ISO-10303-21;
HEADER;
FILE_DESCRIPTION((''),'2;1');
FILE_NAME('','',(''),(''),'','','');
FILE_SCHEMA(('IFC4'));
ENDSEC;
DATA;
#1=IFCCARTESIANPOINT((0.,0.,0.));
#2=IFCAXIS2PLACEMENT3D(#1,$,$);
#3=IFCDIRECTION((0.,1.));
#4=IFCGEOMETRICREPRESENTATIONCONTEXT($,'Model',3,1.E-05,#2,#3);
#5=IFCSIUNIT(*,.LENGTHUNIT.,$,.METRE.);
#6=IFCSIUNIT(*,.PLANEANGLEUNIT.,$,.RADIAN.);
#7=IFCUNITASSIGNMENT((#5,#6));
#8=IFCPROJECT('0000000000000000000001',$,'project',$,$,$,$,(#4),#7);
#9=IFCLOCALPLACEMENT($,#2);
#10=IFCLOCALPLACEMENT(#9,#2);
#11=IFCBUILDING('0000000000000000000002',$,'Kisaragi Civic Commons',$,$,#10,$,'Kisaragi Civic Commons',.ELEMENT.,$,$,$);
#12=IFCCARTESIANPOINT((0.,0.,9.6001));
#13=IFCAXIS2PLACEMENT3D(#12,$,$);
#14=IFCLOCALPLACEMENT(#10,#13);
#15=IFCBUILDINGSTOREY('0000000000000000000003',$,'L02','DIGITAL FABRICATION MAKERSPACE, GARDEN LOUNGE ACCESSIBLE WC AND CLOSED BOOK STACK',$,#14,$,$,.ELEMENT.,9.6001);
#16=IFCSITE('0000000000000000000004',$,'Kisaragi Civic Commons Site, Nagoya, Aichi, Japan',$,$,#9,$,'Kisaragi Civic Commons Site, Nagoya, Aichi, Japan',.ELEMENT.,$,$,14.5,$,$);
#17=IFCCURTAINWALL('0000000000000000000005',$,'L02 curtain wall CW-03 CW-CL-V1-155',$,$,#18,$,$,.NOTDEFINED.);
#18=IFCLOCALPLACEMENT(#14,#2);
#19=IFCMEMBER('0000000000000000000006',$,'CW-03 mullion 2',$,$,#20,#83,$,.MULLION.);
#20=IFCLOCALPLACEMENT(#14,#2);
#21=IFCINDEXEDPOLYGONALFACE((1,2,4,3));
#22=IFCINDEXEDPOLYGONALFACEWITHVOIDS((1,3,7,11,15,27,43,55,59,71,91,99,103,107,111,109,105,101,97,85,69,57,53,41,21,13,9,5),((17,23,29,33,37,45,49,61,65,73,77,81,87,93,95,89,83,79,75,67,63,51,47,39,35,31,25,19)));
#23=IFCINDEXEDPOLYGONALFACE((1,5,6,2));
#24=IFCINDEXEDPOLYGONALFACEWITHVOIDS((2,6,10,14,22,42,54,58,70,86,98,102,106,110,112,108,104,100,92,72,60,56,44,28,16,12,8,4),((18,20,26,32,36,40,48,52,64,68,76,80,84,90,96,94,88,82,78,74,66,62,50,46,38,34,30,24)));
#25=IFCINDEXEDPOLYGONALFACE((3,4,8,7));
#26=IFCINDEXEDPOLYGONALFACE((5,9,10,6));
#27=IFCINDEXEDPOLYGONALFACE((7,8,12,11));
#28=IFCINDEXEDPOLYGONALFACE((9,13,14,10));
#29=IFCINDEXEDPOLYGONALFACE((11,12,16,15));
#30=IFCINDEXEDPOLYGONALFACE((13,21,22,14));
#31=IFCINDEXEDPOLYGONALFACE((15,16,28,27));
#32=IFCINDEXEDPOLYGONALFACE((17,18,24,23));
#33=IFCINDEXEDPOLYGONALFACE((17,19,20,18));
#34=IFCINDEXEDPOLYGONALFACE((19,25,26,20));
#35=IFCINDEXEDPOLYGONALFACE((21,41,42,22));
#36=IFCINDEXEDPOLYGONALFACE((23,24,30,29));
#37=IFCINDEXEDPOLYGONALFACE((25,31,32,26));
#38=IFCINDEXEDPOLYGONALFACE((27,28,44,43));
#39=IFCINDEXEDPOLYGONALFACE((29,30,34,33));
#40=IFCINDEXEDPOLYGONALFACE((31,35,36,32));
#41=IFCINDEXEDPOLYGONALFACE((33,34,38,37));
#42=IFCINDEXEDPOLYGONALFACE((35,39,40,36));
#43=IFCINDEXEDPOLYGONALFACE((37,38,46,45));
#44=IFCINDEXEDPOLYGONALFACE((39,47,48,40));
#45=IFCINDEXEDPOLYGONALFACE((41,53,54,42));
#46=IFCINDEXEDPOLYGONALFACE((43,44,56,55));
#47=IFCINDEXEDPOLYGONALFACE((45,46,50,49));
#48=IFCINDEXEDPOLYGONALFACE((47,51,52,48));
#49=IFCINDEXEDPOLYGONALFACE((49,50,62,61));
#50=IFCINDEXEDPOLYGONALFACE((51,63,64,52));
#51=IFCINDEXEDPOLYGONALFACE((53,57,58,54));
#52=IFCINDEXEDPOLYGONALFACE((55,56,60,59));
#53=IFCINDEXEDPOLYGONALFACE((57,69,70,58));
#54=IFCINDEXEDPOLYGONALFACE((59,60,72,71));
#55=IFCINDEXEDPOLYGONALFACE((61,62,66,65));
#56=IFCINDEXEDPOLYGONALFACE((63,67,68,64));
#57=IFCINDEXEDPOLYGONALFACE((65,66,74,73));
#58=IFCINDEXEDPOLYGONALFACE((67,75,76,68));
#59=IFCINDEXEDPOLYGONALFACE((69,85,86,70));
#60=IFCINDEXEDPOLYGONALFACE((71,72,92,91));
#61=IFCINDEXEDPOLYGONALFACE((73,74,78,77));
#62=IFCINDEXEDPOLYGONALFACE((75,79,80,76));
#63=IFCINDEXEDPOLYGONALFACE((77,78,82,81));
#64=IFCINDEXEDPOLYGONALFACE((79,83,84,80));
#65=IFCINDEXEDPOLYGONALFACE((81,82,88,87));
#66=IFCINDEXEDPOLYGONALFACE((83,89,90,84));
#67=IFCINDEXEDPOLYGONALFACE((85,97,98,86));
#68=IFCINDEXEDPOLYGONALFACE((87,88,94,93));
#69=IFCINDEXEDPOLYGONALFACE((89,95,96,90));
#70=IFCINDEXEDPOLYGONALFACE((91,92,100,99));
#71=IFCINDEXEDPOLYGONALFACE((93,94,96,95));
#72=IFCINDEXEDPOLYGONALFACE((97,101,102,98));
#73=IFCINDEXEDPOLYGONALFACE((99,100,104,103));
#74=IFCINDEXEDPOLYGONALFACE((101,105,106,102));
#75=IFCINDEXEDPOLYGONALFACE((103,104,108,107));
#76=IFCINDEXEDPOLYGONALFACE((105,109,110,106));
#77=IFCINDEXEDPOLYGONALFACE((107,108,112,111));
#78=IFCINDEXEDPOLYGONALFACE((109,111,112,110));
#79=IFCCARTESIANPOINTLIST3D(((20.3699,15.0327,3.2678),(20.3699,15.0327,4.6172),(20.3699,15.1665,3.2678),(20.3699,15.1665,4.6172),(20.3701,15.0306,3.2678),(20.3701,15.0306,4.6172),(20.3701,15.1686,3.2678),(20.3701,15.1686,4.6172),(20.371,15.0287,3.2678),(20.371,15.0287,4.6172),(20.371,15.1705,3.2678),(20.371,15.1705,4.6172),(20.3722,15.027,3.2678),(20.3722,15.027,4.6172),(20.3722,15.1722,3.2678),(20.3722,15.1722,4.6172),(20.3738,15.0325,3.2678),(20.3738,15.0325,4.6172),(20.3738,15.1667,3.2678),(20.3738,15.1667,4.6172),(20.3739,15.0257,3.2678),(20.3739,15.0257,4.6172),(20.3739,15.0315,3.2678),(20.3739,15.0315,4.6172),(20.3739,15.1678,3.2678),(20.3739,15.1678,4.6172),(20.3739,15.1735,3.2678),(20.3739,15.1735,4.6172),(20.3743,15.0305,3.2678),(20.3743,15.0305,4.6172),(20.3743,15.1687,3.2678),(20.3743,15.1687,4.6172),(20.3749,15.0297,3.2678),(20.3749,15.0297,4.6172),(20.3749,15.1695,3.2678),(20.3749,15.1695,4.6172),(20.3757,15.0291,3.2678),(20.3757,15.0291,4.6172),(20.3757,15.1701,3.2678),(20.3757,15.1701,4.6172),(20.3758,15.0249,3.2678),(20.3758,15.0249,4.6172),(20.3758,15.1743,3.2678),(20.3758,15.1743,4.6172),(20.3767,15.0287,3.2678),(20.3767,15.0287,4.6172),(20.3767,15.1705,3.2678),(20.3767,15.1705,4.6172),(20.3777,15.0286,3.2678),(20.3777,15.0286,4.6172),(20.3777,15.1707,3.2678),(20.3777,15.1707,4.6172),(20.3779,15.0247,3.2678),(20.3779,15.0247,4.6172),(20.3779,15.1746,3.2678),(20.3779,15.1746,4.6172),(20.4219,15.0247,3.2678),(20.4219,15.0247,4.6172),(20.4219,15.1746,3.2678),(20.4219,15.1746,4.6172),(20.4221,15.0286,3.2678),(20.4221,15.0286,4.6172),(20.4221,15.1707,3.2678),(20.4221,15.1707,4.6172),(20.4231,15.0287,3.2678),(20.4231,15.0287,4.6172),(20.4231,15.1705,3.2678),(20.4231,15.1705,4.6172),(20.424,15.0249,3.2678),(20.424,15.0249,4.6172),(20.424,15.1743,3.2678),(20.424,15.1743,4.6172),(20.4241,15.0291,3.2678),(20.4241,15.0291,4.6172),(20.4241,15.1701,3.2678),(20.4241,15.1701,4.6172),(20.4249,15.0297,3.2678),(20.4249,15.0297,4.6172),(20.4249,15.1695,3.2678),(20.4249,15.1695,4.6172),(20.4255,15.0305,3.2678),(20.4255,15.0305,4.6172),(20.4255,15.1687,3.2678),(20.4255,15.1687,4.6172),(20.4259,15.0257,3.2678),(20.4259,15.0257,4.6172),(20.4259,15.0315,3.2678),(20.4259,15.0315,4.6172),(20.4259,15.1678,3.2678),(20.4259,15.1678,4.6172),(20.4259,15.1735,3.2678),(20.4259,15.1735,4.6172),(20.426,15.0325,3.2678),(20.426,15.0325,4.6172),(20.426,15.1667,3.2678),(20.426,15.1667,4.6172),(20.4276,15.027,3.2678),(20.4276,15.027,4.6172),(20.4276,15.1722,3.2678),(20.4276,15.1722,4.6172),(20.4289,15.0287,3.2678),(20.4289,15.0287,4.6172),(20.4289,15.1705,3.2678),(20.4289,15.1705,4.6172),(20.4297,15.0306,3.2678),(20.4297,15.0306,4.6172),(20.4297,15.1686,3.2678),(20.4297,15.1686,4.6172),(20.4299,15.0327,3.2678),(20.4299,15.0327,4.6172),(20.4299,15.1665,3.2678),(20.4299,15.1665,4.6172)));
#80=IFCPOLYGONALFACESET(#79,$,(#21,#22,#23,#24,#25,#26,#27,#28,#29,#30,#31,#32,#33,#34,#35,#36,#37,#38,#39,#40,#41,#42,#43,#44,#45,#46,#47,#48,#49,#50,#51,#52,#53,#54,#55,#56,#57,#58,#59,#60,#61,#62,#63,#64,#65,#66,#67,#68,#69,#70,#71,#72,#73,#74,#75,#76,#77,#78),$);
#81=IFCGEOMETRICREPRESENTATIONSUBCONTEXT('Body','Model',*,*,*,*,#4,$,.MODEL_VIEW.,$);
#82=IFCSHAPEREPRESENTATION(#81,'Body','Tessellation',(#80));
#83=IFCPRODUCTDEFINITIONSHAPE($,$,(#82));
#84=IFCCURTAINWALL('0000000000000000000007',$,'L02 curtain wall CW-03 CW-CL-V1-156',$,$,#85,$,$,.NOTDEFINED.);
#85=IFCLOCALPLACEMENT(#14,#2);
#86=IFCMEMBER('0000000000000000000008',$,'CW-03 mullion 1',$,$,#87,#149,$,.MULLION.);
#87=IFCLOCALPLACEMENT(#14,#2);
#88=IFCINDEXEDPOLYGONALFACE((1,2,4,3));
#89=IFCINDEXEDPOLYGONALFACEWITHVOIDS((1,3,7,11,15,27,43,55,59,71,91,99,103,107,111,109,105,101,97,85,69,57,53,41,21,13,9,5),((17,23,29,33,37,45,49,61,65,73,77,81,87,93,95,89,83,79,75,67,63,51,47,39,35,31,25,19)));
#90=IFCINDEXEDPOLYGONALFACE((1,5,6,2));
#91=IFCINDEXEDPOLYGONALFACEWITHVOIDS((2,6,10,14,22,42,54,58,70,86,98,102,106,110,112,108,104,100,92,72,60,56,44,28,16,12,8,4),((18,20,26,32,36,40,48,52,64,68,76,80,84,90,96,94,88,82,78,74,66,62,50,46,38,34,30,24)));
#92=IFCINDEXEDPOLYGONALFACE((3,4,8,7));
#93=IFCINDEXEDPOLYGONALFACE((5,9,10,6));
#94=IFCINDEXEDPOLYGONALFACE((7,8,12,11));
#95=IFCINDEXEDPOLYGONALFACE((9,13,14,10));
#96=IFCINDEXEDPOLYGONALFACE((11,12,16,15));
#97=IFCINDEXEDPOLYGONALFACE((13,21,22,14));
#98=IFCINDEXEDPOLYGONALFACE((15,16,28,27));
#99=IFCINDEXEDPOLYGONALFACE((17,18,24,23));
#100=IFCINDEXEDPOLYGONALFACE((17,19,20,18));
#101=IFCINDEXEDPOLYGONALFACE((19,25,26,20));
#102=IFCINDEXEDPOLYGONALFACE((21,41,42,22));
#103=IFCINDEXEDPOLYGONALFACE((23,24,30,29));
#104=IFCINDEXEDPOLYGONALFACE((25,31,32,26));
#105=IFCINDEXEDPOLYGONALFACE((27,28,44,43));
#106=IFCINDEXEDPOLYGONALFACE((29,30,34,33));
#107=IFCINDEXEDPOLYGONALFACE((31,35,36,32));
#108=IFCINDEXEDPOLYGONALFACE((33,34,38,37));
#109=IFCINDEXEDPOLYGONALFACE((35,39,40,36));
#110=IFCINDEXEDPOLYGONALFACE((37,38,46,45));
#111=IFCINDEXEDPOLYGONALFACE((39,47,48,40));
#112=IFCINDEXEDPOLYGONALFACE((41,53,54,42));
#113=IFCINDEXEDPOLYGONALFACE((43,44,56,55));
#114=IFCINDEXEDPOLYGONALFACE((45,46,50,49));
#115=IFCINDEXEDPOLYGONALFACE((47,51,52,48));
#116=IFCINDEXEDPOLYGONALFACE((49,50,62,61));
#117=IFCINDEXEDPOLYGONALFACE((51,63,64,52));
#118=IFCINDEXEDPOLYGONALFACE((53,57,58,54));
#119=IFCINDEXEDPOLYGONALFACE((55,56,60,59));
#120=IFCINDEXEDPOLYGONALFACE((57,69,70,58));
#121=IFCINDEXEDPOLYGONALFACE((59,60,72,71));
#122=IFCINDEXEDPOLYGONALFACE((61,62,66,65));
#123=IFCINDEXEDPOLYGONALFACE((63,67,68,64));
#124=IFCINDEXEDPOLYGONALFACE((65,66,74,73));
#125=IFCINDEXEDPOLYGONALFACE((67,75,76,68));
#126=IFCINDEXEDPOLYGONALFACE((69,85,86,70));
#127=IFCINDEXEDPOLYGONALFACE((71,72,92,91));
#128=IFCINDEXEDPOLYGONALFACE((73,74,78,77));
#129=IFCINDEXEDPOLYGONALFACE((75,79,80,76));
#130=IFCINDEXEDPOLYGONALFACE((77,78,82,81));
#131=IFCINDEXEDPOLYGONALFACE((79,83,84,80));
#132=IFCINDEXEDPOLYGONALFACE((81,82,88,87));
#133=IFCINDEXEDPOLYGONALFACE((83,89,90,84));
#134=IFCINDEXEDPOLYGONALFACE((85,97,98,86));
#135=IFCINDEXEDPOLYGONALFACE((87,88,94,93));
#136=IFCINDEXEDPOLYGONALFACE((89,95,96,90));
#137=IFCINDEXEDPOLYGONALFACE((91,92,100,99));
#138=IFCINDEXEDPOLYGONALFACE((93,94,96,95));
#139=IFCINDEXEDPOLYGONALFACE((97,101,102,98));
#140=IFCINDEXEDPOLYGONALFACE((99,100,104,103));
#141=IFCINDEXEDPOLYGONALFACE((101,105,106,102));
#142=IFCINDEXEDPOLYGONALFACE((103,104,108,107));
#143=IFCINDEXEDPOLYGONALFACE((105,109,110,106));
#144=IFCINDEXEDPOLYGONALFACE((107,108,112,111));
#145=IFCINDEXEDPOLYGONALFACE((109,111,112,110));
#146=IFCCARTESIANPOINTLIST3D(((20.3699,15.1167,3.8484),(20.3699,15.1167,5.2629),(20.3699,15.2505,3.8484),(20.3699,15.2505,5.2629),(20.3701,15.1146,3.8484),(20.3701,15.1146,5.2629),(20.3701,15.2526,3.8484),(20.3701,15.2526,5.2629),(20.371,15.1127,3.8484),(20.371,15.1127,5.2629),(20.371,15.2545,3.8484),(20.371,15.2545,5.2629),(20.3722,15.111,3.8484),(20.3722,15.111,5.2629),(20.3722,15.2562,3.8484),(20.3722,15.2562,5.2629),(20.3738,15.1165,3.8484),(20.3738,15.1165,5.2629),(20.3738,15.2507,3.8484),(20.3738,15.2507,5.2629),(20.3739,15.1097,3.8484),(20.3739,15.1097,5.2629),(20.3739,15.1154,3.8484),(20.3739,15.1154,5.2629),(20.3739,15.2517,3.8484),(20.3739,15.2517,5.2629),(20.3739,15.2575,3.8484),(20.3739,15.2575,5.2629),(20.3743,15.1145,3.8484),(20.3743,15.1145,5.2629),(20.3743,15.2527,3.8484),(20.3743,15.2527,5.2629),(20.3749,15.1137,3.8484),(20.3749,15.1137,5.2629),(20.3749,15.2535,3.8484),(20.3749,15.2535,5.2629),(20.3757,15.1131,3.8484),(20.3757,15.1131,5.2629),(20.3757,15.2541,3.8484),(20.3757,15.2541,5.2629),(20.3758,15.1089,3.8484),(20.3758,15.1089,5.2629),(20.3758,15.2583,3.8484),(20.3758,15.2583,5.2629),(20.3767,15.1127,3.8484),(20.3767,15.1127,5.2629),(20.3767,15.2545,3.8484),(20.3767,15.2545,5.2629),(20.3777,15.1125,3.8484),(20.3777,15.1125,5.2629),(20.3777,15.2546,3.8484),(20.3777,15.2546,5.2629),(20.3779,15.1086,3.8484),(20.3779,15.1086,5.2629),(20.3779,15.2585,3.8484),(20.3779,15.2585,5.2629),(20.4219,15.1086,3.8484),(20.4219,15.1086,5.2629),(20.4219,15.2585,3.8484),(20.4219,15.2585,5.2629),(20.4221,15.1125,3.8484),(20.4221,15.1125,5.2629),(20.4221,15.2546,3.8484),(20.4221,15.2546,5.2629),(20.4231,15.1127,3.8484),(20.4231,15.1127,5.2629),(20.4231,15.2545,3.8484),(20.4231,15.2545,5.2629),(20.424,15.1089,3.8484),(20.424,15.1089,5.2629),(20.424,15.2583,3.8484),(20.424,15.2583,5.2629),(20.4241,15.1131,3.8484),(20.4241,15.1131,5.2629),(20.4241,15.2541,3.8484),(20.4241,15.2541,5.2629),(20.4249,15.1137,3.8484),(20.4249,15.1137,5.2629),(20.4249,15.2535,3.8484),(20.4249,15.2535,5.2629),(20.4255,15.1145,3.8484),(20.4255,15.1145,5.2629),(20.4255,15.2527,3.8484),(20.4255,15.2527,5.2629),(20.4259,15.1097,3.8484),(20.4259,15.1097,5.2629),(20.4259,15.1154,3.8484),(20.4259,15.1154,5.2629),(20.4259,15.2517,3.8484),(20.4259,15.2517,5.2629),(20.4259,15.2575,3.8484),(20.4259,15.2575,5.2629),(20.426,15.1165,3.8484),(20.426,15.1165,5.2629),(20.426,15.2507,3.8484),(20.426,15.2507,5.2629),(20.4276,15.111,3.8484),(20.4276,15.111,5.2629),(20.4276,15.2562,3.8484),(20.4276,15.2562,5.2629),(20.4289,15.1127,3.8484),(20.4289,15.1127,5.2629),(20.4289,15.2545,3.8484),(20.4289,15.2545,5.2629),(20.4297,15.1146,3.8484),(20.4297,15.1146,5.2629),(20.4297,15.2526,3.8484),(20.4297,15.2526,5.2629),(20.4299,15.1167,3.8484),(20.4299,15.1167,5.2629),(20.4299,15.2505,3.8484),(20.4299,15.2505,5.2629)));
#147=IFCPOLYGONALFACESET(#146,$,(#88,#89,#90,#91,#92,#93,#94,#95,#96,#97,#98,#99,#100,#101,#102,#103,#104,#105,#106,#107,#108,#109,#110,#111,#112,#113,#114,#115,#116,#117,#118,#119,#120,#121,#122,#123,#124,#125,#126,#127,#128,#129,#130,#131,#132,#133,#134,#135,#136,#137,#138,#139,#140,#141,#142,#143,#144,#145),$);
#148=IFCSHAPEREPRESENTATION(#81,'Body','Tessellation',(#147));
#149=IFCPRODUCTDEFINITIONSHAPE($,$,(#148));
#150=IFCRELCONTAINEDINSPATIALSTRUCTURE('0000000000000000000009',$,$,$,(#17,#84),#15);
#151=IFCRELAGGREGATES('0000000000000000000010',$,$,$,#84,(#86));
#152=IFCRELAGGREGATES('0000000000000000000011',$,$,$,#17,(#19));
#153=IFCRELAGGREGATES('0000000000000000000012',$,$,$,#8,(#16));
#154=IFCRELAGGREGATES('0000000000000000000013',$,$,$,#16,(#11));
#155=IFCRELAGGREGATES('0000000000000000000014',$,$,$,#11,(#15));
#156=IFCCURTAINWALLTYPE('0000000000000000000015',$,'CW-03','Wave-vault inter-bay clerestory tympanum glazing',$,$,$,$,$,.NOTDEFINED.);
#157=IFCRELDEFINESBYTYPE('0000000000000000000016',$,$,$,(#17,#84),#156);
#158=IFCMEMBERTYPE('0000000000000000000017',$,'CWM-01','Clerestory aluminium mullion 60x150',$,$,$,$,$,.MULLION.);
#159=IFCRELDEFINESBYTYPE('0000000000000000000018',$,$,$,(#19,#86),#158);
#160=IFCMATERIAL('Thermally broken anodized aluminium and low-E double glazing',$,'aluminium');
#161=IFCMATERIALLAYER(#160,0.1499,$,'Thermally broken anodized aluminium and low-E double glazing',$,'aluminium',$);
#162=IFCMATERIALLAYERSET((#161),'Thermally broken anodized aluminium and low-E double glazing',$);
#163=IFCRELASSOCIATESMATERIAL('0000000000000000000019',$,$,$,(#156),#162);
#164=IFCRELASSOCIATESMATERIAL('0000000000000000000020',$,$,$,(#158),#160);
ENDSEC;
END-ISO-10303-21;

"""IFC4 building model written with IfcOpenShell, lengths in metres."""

from ifc_helpers import new_model, si_unit, direction, frame, origin, origin_2d, place, context, subcontext, project, spatial, hollow_rectangle, extrude, material, layer, layer_set, material_profile, profile_set, type_object, element, aggregate, save


model = new_model("IFC4")

# Units and contexts
model_context = context("Model", 3, precision=1e-05, world=origin(), true_north=direction((0.0, 1.0)))
body_context = subcontext(model_context, "Body", "Model", "MODEL_VIEW")
ifc_project = project(units=[si_unit("LENGTHUNIT", "METRE"), si_unit("PLANEANGLEUNIT", "RADIAN")], contexts=[model_context])

# Site, building, storey
site_placement = place(None, origin())
site = spatial("IfcSite", under=ifc_project, at=site_placement, Name="Kisaragi Civic Commons Site, Nagoya, Aichi, Japan", LongName="Kisaragi Civic Commons Site, Nagoya, Aichi, Japan", CompositionType="ELEMENT", RefElevation=14.5)
building_placement = place(site_placement, origin())
building = spatial("IfcBuilding", under=site, at=building_placement, Name="Kisaragi Civic Commons", LongName="Kisaragi Civic Commons", CompositionType="ELEMENT")
storey_placement = place(building_placement, frame((0.0, 0.0, 9.6001)))
storey = spatial("IfcBuildingStorey", under=building, at=storey_placement, Name="L02", Description="DIGITAL FABRICATION MAKERSPACE, GARDEN LOUNGE ACCESSIBLE WC AND CLOSED BOOK STACK", CompositionType="ELEMENT", Elevation=9.6001)

# Curtain wall, member
ifc_material_1 = material(Name="Thermally broken anodized aluminium and low-E double glazing", Category="aluminium")
ifc_layer_1 = layer(ifc_material_1, 0.1499, Name="Thermally broken anodized aluminium and low-E double glazing", Category="aluminium")
ifc_layer_set_1 = layer_set([ifc_layer_1], Name="Thermally broken anodized aluminium and low-E double glazing")
curtain_wall_type = type_object("IfcCurtainWallType", Name="CW-03", Description="Wave-vault inter-bay clerestory tympanum glazing", PredefinedType="NOTDEFINED", material=ifc_layer_set_1)
curtain_wall_1_placement = place(storey_placement, origin())
curtain_wall_1 = element("IfcCurtainWall", 1, at=curtain_wall_1_placement, inside=storey, type_object=curtain_wall_type, Name="L02 curtain wall CW-03 CW-CL-V1-155", PredefinedType="NOTDEFINED")
ifc_material_profile_1 = material_profile(ifc_material_1, hollow_rectangle(XDim=0.0601, YDim=0.1499, WallThickness=0.0039, InnerFilletRadius=0.0039, OuterFilletRadius=0.0081, at=origin_2d()), Name="CWM-60x150x4", Category="aluminium")
ifc_profile_set_1 = profile_set([ifc_material_profile_1], Name="Thermally broken anodized aluminium and low-E double glazing")
member_type_1 = type_object("IfcMemberType", Name="CWM-01", Description="Clerestory aluminium mullion 60x150", PredefinedType="MULLION", material=ifc_profile_set_1)
member_1_placement = place(storey_placement, frame((20.3999, 15.0996, 3.2678), z_axis=(0.0, 0.0, 1.0), x_axis=(-1.0, 0.0, 0.0)))
member_1 = element("IfcMember", 2, at=member_1_placement, type_object=member_type_1, Name="CW-03 mullion 2", PredefinedType="MULLION", context=body_context, shape_type="SweptSolid", body=[
    extrude(hollow_rectangle(XDim=0.0601, YDim=0.1499, WallThickness=0.0039, InnerFilletRadius=0.0039, OuterFilletRadius=0.0081, at=origin_2d()), origin(), (0.0, 0.0, 1.0), 1.3494),
])

# Curtain wall, member
curtain_wall_2_placement = place(storey_placement, origin())
curtain_wall_2 = element("IfcCurtainWall", 3, at=curtain_wall_2_placement, inside=storey, type_object=curtain_wall_type, Name="L02 curtain wall CW-03 CW-CL-V1-156", PredefinedType="NOTDEFINED")
member_2_placement = place(storey_placement, frame((20.3999, 15.1836, 3.8484), z_axis=(0.0, 0.0, 1.0), x_axis=(-1.0, 0.0, 0.0)))
member_2 = element("IfcMember", 4, at=member_2_placement, type_object=member_type_1, Name="CW-03 mullion 1", PredefinedType="MULLION", context=body_context, shape_type="SweptSolid", body=[
    extrude(hollow_rectangle(XDim=0.0601, YDim=0.1499, WallThickness=0.0039, InnerFilletRadius=0.0039, OuterFilletRadius=0.0081, at=origin_2d()), origin(), (0.0, 0.0, 1.0), 1.4146),
])

aggregate(curtain_wall_2, [member_2])
aggregate(curtain_wall_1, [member_1])

save(model, "model.ifc")
